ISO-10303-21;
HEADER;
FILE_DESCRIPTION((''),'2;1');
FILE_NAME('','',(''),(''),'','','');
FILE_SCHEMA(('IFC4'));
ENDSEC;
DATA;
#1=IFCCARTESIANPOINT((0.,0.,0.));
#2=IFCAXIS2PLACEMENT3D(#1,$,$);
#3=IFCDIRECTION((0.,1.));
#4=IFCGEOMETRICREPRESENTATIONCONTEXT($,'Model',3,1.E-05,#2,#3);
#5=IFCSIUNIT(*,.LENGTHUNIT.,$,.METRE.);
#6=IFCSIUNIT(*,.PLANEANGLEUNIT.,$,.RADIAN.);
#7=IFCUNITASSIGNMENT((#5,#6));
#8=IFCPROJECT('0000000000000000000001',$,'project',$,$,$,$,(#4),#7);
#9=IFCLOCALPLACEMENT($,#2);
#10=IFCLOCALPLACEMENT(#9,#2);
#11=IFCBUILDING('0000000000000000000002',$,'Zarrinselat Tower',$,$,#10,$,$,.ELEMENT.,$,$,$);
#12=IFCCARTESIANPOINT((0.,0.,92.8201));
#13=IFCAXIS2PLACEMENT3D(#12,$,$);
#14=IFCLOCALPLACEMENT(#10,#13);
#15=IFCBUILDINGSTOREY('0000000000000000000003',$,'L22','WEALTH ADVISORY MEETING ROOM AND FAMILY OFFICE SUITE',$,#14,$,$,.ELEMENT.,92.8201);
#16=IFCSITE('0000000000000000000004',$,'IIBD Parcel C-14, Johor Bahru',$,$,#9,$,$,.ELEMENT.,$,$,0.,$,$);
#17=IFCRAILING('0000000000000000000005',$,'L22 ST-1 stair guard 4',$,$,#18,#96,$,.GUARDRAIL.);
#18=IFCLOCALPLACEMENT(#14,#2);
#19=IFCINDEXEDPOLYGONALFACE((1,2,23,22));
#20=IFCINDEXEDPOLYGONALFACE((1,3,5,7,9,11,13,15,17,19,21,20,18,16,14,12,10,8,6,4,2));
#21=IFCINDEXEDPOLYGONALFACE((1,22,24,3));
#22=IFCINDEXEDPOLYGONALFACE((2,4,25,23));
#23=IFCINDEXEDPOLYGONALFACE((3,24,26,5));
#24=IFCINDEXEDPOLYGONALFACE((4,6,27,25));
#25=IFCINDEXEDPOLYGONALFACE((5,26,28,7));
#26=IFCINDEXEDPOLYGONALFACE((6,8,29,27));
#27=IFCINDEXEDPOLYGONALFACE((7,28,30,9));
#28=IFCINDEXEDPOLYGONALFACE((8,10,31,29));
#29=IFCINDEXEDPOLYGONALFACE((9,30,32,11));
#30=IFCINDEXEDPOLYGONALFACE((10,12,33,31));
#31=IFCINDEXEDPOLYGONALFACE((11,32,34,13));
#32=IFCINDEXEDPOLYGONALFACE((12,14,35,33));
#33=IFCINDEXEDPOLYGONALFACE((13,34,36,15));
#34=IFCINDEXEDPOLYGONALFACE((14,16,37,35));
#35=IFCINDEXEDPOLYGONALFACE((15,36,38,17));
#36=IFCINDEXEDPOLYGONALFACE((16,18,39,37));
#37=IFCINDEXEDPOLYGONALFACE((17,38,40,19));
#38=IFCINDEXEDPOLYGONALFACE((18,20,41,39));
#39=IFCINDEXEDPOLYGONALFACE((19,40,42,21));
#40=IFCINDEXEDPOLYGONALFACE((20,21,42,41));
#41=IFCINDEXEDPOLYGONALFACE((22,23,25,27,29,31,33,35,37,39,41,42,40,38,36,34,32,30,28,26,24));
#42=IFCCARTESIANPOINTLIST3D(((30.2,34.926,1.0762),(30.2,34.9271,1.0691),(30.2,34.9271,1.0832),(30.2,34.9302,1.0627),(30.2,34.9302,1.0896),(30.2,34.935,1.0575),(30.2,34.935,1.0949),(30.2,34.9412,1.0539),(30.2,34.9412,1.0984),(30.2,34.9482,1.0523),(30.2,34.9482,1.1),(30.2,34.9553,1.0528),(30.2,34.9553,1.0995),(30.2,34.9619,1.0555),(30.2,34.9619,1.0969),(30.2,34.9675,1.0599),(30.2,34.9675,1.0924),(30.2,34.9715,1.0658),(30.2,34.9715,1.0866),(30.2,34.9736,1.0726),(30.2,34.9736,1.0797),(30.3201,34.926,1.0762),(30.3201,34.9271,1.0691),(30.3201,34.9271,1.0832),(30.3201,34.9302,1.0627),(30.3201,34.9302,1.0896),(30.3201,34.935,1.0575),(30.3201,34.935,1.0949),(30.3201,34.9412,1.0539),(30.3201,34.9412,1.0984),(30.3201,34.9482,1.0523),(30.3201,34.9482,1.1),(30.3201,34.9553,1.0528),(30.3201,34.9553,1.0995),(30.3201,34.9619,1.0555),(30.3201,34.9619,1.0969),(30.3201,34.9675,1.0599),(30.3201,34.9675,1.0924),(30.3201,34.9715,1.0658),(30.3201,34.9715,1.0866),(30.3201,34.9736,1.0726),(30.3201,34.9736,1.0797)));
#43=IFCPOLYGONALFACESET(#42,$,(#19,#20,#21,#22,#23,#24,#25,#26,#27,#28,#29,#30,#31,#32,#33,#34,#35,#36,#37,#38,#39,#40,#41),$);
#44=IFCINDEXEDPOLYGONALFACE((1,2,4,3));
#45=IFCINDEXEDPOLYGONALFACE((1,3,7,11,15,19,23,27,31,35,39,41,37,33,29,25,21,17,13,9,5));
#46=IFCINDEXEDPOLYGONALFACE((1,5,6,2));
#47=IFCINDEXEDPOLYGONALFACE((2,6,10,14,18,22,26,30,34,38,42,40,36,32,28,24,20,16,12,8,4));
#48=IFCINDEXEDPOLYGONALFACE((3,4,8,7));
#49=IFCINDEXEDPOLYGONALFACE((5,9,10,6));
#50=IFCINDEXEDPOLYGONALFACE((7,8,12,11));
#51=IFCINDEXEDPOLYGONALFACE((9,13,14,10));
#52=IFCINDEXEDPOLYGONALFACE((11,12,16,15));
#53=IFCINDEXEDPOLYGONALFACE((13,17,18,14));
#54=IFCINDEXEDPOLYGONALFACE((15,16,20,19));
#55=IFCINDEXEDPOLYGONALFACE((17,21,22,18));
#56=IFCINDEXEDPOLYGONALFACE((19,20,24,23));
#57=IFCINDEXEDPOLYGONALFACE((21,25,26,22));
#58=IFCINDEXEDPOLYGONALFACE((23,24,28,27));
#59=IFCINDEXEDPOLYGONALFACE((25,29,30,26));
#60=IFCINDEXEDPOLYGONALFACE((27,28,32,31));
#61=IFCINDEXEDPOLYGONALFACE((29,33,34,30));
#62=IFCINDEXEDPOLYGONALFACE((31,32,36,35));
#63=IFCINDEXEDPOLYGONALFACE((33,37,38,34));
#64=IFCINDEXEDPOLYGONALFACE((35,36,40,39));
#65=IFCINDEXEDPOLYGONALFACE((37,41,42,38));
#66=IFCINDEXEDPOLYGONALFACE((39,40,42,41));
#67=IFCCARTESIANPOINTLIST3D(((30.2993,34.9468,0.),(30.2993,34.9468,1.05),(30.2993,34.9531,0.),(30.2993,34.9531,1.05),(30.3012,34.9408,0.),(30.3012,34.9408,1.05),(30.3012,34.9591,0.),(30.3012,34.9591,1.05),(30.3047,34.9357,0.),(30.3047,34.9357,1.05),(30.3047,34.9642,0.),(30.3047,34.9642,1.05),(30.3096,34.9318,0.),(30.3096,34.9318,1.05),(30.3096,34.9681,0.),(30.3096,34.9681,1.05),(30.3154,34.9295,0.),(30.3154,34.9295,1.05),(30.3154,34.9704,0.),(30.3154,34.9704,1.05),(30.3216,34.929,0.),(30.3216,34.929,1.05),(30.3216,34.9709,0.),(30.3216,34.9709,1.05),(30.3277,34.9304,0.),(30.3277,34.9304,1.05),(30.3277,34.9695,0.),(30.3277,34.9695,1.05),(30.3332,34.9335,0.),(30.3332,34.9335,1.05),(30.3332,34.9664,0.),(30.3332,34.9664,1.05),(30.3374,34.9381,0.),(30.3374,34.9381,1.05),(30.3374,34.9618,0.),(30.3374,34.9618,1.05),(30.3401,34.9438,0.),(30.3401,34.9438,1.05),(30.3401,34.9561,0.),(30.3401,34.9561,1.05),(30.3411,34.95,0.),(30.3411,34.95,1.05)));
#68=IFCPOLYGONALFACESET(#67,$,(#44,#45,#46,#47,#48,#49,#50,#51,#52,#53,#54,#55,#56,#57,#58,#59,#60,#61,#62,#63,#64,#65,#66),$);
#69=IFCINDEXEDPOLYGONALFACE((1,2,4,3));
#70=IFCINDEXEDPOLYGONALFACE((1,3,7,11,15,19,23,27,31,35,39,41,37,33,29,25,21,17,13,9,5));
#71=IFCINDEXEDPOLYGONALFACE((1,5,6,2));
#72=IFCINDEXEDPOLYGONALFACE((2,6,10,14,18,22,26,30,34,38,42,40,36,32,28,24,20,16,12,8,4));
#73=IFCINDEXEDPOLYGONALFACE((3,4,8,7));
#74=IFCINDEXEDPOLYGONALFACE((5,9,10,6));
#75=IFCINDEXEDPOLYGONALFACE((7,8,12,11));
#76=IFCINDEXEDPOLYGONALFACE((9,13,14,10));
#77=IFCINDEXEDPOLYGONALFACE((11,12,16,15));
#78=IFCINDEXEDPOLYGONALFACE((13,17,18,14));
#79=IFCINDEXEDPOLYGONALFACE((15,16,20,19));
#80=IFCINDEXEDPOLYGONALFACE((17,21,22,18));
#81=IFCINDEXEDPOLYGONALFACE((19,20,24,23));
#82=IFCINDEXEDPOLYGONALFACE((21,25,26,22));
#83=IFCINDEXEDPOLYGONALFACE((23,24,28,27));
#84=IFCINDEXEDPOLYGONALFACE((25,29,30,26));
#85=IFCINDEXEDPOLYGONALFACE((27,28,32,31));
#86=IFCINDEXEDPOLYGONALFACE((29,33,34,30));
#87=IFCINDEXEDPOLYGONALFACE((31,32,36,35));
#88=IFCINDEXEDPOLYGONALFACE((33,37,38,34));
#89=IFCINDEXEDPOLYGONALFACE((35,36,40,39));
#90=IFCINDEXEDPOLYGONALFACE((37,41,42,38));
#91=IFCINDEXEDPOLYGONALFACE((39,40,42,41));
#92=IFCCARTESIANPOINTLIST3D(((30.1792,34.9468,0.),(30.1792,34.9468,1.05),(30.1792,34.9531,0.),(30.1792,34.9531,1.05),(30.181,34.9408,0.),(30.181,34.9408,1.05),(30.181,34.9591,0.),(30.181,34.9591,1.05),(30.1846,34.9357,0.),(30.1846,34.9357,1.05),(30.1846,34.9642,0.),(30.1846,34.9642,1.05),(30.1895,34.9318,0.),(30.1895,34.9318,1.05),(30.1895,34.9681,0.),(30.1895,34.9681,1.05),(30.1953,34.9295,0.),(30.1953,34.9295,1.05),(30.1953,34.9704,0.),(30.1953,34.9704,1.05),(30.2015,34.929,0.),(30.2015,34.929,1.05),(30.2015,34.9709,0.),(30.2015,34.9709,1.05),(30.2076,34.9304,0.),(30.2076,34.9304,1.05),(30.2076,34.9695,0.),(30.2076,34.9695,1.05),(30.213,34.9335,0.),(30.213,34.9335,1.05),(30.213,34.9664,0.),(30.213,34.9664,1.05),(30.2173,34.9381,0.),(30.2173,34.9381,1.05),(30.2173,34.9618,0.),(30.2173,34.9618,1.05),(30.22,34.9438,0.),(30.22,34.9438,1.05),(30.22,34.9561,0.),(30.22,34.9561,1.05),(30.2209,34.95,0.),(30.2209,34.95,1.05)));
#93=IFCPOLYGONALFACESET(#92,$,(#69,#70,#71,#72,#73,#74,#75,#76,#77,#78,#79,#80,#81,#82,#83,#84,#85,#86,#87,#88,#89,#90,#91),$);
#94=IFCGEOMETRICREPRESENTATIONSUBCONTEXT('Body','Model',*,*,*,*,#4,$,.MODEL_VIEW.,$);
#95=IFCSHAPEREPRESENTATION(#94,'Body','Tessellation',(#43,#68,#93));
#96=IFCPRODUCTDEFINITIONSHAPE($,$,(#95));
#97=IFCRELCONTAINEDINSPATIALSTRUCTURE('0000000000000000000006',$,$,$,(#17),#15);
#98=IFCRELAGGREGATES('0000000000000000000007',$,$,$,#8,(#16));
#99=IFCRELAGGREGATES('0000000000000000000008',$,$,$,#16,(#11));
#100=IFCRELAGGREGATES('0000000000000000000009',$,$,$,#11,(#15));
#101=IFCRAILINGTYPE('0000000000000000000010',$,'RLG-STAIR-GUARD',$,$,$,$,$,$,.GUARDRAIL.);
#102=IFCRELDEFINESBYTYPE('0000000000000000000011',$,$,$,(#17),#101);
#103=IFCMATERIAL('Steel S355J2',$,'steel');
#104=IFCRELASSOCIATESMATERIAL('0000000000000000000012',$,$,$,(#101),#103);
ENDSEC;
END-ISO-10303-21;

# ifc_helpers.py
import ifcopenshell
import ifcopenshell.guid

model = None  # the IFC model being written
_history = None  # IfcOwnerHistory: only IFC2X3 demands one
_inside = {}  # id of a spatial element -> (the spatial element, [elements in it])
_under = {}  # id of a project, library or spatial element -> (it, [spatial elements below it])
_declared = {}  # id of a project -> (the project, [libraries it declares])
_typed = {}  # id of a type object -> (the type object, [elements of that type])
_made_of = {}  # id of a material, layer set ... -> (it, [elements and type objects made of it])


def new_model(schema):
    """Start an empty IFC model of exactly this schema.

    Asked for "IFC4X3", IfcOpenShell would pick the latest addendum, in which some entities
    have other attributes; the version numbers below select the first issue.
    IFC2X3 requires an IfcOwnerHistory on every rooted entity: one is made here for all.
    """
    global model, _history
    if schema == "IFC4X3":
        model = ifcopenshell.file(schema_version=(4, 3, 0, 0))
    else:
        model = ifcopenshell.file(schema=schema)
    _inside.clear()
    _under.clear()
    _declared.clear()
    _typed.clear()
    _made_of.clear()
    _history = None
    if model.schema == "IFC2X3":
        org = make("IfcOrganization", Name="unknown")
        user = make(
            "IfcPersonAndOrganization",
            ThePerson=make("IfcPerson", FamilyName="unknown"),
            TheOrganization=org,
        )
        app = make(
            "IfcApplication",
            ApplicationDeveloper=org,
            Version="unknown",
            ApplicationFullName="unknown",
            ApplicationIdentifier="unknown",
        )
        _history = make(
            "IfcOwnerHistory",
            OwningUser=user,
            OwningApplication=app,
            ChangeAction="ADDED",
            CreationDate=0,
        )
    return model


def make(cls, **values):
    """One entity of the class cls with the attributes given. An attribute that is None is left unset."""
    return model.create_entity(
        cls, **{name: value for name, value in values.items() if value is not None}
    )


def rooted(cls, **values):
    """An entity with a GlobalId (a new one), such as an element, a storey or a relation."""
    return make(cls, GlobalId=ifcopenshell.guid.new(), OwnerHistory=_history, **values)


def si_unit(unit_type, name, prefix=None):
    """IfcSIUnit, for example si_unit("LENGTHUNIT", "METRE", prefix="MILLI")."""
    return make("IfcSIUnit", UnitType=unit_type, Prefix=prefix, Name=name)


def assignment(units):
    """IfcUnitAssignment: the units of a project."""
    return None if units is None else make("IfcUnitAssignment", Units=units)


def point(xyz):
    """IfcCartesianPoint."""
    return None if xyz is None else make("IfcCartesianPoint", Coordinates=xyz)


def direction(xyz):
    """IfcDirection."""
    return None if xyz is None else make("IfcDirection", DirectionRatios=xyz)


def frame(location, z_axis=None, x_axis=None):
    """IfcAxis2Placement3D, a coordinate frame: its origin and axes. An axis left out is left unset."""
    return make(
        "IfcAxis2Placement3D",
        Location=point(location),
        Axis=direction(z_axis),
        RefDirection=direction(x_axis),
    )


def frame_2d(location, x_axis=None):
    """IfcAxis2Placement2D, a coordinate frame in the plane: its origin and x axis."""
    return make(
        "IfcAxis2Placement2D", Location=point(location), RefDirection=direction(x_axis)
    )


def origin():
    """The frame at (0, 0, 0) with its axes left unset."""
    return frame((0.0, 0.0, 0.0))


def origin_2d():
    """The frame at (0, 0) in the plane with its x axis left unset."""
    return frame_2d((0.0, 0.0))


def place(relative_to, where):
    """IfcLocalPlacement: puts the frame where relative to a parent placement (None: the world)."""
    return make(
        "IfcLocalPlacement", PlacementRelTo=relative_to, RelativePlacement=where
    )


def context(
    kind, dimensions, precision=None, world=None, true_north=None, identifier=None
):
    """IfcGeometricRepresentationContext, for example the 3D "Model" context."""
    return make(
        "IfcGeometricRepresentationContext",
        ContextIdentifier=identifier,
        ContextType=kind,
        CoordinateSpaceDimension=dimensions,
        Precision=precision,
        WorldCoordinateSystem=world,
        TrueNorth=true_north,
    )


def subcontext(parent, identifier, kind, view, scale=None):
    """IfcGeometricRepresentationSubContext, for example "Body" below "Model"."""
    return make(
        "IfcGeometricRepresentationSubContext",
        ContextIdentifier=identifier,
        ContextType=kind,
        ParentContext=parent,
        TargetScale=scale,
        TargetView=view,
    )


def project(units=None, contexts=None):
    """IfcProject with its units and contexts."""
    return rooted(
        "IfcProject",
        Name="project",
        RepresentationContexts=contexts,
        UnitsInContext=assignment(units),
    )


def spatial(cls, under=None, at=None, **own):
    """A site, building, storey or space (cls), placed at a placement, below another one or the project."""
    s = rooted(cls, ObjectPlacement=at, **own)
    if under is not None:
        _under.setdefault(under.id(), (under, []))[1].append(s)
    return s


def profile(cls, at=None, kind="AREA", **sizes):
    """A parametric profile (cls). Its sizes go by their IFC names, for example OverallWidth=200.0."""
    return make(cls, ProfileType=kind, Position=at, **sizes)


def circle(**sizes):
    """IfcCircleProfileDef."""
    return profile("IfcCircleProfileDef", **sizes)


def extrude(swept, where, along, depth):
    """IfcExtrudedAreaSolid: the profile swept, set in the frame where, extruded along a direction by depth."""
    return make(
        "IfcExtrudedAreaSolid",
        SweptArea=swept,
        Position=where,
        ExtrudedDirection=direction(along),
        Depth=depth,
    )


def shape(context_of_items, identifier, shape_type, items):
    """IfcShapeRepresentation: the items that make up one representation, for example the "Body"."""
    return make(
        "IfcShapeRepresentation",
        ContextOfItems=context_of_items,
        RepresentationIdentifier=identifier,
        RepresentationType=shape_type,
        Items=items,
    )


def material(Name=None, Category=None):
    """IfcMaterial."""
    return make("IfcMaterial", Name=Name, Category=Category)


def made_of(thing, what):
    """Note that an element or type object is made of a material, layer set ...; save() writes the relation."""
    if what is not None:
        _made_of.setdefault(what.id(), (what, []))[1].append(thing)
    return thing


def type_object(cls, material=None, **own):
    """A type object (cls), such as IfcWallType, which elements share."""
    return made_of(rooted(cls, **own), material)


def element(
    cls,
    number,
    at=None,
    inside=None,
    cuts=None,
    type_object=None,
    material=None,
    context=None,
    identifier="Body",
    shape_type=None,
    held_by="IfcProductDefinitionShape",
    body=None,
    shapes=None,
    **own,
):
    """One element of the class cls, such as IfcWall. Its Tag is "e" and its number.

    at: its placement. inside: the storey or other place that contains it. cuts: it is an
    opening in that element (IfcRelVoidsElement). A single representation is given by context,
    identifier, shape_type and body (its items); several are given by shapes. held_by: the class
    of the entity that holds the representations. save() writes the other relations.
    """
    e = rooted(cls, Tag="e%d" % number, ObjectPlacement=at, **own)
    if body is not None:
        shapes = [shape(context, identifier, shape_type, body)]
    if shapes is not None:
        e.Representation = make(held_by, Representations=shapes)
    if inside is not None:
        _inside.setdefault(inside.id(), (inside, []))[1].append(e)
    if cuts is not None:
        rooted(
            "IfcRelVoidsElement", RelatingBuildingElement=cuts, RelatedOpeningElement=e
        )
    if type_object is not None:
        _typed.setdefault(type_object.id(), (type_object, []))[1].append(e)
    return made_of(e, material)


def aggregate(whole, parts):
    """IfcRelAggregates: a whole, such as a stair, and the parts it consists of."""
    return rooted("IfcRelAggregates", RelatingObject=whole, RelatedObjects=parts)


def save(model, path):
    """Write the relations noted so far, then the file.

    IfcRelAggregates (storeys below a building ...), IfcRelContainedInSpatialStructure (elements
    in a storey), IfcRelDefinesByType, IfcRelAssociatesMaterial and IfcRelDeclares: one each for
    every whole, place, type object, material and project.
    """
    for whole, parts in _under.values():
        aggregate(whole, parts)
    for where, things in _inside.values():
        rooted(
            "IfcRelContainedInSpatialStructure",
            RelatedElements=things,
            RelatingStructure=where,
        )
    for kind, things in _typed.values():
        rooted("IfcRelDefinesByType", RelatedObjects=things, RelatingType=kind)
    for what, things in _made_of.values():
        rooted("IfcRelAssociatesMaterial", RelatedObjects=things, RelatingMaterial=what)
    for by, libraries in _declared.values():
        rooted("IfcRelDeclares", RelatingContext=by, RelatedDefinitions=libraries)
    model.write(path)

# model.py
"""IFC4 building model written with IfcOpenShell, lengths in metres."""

from ifc_helpers import new_model, si_unit, direction, frame, origin, origin_2d, place, context, subcontext, project, spatial, circle, extrude, material, type_object, element, save


model = new_model("IFC4")

# Units and contexts
model_context = context("Model", 3, precision=1e-05, world=origin(), true_north=direction((0.0, 1.0)))
body_context = subcontext(model_context, "Body", "Model", "MODEL_VIEW")
ifc_project = project(units=[si_unit("LENGTHUNIT", "METRE"), si_unit("PLANEANGLEUNIT", "RADIAN")], contexts=[model_context])

# Site, building, storey
site_placement = place(None, origin())
site = spatial("IfcSite", under=ifc_project, at=site_placement, Name="IIBD Parcel C-14, Johor Bahru", CompositionType="ELEMENT", RefElevation=0.0)
building_placement = place(site_placement, origin())
building = spatial("IfcBuilding", under=site, at=building_placement, Name="Zarrinselat Tower", CompositionType="ELEMENT")
storey_placement = place(building_placement, frame((0.0, 0.0, 92.8201)))
storey = spatial("IfcBuildingStorey", under=building, at=storey_placement, Name="L22", Description="WEALTH ADVISORY MEETING ROOM AND FAMILY OFFICE SUITE", CompositionType="ELEMENT", Elevation=92.8201)

# Railing
ifc_material_1 = material(Name="Steel S355J2", Category="steel")
railing_type_1 = type_object("IfcRailingType", Name="RLG-STAIR-GUARD", PredefinedType="GUARDRAIL", material=ifc_material_1)
railing_1_placement = place(storey_placement, frame((30.3201, 34.95, 0.0)))
element("IfcRailing", 1, at=railing_1_placement, inside=storey, type_object=railing_type_1, Name="L22 ST-1 stair guard 4", PredefinedType="GUARDRAIL", context=body_context, shape_type="SweptSolid", body=[
    extrude(circle(Radius=0.0239, at=origin_2d()), frame((0.0, 0.0, 1.0762), z_axis=(-1.0, 0.0, 0.0), x_axis=(0.0, -1.0, 0.0)), (0.0, 0.0, 1.0), 0.1201),
    extrude(circle(Radius=0.021, at=origin_2d()), origin(), (0.0, 0.0, 1.0), 1.05),
    extrude(circle(Radius=0.021, at=origin_2d()), frame((-0.1201, 0.0, 0.0)), (0.0, 0.0, 1.0), 1.05),
])

save(model, "model.ifc")
